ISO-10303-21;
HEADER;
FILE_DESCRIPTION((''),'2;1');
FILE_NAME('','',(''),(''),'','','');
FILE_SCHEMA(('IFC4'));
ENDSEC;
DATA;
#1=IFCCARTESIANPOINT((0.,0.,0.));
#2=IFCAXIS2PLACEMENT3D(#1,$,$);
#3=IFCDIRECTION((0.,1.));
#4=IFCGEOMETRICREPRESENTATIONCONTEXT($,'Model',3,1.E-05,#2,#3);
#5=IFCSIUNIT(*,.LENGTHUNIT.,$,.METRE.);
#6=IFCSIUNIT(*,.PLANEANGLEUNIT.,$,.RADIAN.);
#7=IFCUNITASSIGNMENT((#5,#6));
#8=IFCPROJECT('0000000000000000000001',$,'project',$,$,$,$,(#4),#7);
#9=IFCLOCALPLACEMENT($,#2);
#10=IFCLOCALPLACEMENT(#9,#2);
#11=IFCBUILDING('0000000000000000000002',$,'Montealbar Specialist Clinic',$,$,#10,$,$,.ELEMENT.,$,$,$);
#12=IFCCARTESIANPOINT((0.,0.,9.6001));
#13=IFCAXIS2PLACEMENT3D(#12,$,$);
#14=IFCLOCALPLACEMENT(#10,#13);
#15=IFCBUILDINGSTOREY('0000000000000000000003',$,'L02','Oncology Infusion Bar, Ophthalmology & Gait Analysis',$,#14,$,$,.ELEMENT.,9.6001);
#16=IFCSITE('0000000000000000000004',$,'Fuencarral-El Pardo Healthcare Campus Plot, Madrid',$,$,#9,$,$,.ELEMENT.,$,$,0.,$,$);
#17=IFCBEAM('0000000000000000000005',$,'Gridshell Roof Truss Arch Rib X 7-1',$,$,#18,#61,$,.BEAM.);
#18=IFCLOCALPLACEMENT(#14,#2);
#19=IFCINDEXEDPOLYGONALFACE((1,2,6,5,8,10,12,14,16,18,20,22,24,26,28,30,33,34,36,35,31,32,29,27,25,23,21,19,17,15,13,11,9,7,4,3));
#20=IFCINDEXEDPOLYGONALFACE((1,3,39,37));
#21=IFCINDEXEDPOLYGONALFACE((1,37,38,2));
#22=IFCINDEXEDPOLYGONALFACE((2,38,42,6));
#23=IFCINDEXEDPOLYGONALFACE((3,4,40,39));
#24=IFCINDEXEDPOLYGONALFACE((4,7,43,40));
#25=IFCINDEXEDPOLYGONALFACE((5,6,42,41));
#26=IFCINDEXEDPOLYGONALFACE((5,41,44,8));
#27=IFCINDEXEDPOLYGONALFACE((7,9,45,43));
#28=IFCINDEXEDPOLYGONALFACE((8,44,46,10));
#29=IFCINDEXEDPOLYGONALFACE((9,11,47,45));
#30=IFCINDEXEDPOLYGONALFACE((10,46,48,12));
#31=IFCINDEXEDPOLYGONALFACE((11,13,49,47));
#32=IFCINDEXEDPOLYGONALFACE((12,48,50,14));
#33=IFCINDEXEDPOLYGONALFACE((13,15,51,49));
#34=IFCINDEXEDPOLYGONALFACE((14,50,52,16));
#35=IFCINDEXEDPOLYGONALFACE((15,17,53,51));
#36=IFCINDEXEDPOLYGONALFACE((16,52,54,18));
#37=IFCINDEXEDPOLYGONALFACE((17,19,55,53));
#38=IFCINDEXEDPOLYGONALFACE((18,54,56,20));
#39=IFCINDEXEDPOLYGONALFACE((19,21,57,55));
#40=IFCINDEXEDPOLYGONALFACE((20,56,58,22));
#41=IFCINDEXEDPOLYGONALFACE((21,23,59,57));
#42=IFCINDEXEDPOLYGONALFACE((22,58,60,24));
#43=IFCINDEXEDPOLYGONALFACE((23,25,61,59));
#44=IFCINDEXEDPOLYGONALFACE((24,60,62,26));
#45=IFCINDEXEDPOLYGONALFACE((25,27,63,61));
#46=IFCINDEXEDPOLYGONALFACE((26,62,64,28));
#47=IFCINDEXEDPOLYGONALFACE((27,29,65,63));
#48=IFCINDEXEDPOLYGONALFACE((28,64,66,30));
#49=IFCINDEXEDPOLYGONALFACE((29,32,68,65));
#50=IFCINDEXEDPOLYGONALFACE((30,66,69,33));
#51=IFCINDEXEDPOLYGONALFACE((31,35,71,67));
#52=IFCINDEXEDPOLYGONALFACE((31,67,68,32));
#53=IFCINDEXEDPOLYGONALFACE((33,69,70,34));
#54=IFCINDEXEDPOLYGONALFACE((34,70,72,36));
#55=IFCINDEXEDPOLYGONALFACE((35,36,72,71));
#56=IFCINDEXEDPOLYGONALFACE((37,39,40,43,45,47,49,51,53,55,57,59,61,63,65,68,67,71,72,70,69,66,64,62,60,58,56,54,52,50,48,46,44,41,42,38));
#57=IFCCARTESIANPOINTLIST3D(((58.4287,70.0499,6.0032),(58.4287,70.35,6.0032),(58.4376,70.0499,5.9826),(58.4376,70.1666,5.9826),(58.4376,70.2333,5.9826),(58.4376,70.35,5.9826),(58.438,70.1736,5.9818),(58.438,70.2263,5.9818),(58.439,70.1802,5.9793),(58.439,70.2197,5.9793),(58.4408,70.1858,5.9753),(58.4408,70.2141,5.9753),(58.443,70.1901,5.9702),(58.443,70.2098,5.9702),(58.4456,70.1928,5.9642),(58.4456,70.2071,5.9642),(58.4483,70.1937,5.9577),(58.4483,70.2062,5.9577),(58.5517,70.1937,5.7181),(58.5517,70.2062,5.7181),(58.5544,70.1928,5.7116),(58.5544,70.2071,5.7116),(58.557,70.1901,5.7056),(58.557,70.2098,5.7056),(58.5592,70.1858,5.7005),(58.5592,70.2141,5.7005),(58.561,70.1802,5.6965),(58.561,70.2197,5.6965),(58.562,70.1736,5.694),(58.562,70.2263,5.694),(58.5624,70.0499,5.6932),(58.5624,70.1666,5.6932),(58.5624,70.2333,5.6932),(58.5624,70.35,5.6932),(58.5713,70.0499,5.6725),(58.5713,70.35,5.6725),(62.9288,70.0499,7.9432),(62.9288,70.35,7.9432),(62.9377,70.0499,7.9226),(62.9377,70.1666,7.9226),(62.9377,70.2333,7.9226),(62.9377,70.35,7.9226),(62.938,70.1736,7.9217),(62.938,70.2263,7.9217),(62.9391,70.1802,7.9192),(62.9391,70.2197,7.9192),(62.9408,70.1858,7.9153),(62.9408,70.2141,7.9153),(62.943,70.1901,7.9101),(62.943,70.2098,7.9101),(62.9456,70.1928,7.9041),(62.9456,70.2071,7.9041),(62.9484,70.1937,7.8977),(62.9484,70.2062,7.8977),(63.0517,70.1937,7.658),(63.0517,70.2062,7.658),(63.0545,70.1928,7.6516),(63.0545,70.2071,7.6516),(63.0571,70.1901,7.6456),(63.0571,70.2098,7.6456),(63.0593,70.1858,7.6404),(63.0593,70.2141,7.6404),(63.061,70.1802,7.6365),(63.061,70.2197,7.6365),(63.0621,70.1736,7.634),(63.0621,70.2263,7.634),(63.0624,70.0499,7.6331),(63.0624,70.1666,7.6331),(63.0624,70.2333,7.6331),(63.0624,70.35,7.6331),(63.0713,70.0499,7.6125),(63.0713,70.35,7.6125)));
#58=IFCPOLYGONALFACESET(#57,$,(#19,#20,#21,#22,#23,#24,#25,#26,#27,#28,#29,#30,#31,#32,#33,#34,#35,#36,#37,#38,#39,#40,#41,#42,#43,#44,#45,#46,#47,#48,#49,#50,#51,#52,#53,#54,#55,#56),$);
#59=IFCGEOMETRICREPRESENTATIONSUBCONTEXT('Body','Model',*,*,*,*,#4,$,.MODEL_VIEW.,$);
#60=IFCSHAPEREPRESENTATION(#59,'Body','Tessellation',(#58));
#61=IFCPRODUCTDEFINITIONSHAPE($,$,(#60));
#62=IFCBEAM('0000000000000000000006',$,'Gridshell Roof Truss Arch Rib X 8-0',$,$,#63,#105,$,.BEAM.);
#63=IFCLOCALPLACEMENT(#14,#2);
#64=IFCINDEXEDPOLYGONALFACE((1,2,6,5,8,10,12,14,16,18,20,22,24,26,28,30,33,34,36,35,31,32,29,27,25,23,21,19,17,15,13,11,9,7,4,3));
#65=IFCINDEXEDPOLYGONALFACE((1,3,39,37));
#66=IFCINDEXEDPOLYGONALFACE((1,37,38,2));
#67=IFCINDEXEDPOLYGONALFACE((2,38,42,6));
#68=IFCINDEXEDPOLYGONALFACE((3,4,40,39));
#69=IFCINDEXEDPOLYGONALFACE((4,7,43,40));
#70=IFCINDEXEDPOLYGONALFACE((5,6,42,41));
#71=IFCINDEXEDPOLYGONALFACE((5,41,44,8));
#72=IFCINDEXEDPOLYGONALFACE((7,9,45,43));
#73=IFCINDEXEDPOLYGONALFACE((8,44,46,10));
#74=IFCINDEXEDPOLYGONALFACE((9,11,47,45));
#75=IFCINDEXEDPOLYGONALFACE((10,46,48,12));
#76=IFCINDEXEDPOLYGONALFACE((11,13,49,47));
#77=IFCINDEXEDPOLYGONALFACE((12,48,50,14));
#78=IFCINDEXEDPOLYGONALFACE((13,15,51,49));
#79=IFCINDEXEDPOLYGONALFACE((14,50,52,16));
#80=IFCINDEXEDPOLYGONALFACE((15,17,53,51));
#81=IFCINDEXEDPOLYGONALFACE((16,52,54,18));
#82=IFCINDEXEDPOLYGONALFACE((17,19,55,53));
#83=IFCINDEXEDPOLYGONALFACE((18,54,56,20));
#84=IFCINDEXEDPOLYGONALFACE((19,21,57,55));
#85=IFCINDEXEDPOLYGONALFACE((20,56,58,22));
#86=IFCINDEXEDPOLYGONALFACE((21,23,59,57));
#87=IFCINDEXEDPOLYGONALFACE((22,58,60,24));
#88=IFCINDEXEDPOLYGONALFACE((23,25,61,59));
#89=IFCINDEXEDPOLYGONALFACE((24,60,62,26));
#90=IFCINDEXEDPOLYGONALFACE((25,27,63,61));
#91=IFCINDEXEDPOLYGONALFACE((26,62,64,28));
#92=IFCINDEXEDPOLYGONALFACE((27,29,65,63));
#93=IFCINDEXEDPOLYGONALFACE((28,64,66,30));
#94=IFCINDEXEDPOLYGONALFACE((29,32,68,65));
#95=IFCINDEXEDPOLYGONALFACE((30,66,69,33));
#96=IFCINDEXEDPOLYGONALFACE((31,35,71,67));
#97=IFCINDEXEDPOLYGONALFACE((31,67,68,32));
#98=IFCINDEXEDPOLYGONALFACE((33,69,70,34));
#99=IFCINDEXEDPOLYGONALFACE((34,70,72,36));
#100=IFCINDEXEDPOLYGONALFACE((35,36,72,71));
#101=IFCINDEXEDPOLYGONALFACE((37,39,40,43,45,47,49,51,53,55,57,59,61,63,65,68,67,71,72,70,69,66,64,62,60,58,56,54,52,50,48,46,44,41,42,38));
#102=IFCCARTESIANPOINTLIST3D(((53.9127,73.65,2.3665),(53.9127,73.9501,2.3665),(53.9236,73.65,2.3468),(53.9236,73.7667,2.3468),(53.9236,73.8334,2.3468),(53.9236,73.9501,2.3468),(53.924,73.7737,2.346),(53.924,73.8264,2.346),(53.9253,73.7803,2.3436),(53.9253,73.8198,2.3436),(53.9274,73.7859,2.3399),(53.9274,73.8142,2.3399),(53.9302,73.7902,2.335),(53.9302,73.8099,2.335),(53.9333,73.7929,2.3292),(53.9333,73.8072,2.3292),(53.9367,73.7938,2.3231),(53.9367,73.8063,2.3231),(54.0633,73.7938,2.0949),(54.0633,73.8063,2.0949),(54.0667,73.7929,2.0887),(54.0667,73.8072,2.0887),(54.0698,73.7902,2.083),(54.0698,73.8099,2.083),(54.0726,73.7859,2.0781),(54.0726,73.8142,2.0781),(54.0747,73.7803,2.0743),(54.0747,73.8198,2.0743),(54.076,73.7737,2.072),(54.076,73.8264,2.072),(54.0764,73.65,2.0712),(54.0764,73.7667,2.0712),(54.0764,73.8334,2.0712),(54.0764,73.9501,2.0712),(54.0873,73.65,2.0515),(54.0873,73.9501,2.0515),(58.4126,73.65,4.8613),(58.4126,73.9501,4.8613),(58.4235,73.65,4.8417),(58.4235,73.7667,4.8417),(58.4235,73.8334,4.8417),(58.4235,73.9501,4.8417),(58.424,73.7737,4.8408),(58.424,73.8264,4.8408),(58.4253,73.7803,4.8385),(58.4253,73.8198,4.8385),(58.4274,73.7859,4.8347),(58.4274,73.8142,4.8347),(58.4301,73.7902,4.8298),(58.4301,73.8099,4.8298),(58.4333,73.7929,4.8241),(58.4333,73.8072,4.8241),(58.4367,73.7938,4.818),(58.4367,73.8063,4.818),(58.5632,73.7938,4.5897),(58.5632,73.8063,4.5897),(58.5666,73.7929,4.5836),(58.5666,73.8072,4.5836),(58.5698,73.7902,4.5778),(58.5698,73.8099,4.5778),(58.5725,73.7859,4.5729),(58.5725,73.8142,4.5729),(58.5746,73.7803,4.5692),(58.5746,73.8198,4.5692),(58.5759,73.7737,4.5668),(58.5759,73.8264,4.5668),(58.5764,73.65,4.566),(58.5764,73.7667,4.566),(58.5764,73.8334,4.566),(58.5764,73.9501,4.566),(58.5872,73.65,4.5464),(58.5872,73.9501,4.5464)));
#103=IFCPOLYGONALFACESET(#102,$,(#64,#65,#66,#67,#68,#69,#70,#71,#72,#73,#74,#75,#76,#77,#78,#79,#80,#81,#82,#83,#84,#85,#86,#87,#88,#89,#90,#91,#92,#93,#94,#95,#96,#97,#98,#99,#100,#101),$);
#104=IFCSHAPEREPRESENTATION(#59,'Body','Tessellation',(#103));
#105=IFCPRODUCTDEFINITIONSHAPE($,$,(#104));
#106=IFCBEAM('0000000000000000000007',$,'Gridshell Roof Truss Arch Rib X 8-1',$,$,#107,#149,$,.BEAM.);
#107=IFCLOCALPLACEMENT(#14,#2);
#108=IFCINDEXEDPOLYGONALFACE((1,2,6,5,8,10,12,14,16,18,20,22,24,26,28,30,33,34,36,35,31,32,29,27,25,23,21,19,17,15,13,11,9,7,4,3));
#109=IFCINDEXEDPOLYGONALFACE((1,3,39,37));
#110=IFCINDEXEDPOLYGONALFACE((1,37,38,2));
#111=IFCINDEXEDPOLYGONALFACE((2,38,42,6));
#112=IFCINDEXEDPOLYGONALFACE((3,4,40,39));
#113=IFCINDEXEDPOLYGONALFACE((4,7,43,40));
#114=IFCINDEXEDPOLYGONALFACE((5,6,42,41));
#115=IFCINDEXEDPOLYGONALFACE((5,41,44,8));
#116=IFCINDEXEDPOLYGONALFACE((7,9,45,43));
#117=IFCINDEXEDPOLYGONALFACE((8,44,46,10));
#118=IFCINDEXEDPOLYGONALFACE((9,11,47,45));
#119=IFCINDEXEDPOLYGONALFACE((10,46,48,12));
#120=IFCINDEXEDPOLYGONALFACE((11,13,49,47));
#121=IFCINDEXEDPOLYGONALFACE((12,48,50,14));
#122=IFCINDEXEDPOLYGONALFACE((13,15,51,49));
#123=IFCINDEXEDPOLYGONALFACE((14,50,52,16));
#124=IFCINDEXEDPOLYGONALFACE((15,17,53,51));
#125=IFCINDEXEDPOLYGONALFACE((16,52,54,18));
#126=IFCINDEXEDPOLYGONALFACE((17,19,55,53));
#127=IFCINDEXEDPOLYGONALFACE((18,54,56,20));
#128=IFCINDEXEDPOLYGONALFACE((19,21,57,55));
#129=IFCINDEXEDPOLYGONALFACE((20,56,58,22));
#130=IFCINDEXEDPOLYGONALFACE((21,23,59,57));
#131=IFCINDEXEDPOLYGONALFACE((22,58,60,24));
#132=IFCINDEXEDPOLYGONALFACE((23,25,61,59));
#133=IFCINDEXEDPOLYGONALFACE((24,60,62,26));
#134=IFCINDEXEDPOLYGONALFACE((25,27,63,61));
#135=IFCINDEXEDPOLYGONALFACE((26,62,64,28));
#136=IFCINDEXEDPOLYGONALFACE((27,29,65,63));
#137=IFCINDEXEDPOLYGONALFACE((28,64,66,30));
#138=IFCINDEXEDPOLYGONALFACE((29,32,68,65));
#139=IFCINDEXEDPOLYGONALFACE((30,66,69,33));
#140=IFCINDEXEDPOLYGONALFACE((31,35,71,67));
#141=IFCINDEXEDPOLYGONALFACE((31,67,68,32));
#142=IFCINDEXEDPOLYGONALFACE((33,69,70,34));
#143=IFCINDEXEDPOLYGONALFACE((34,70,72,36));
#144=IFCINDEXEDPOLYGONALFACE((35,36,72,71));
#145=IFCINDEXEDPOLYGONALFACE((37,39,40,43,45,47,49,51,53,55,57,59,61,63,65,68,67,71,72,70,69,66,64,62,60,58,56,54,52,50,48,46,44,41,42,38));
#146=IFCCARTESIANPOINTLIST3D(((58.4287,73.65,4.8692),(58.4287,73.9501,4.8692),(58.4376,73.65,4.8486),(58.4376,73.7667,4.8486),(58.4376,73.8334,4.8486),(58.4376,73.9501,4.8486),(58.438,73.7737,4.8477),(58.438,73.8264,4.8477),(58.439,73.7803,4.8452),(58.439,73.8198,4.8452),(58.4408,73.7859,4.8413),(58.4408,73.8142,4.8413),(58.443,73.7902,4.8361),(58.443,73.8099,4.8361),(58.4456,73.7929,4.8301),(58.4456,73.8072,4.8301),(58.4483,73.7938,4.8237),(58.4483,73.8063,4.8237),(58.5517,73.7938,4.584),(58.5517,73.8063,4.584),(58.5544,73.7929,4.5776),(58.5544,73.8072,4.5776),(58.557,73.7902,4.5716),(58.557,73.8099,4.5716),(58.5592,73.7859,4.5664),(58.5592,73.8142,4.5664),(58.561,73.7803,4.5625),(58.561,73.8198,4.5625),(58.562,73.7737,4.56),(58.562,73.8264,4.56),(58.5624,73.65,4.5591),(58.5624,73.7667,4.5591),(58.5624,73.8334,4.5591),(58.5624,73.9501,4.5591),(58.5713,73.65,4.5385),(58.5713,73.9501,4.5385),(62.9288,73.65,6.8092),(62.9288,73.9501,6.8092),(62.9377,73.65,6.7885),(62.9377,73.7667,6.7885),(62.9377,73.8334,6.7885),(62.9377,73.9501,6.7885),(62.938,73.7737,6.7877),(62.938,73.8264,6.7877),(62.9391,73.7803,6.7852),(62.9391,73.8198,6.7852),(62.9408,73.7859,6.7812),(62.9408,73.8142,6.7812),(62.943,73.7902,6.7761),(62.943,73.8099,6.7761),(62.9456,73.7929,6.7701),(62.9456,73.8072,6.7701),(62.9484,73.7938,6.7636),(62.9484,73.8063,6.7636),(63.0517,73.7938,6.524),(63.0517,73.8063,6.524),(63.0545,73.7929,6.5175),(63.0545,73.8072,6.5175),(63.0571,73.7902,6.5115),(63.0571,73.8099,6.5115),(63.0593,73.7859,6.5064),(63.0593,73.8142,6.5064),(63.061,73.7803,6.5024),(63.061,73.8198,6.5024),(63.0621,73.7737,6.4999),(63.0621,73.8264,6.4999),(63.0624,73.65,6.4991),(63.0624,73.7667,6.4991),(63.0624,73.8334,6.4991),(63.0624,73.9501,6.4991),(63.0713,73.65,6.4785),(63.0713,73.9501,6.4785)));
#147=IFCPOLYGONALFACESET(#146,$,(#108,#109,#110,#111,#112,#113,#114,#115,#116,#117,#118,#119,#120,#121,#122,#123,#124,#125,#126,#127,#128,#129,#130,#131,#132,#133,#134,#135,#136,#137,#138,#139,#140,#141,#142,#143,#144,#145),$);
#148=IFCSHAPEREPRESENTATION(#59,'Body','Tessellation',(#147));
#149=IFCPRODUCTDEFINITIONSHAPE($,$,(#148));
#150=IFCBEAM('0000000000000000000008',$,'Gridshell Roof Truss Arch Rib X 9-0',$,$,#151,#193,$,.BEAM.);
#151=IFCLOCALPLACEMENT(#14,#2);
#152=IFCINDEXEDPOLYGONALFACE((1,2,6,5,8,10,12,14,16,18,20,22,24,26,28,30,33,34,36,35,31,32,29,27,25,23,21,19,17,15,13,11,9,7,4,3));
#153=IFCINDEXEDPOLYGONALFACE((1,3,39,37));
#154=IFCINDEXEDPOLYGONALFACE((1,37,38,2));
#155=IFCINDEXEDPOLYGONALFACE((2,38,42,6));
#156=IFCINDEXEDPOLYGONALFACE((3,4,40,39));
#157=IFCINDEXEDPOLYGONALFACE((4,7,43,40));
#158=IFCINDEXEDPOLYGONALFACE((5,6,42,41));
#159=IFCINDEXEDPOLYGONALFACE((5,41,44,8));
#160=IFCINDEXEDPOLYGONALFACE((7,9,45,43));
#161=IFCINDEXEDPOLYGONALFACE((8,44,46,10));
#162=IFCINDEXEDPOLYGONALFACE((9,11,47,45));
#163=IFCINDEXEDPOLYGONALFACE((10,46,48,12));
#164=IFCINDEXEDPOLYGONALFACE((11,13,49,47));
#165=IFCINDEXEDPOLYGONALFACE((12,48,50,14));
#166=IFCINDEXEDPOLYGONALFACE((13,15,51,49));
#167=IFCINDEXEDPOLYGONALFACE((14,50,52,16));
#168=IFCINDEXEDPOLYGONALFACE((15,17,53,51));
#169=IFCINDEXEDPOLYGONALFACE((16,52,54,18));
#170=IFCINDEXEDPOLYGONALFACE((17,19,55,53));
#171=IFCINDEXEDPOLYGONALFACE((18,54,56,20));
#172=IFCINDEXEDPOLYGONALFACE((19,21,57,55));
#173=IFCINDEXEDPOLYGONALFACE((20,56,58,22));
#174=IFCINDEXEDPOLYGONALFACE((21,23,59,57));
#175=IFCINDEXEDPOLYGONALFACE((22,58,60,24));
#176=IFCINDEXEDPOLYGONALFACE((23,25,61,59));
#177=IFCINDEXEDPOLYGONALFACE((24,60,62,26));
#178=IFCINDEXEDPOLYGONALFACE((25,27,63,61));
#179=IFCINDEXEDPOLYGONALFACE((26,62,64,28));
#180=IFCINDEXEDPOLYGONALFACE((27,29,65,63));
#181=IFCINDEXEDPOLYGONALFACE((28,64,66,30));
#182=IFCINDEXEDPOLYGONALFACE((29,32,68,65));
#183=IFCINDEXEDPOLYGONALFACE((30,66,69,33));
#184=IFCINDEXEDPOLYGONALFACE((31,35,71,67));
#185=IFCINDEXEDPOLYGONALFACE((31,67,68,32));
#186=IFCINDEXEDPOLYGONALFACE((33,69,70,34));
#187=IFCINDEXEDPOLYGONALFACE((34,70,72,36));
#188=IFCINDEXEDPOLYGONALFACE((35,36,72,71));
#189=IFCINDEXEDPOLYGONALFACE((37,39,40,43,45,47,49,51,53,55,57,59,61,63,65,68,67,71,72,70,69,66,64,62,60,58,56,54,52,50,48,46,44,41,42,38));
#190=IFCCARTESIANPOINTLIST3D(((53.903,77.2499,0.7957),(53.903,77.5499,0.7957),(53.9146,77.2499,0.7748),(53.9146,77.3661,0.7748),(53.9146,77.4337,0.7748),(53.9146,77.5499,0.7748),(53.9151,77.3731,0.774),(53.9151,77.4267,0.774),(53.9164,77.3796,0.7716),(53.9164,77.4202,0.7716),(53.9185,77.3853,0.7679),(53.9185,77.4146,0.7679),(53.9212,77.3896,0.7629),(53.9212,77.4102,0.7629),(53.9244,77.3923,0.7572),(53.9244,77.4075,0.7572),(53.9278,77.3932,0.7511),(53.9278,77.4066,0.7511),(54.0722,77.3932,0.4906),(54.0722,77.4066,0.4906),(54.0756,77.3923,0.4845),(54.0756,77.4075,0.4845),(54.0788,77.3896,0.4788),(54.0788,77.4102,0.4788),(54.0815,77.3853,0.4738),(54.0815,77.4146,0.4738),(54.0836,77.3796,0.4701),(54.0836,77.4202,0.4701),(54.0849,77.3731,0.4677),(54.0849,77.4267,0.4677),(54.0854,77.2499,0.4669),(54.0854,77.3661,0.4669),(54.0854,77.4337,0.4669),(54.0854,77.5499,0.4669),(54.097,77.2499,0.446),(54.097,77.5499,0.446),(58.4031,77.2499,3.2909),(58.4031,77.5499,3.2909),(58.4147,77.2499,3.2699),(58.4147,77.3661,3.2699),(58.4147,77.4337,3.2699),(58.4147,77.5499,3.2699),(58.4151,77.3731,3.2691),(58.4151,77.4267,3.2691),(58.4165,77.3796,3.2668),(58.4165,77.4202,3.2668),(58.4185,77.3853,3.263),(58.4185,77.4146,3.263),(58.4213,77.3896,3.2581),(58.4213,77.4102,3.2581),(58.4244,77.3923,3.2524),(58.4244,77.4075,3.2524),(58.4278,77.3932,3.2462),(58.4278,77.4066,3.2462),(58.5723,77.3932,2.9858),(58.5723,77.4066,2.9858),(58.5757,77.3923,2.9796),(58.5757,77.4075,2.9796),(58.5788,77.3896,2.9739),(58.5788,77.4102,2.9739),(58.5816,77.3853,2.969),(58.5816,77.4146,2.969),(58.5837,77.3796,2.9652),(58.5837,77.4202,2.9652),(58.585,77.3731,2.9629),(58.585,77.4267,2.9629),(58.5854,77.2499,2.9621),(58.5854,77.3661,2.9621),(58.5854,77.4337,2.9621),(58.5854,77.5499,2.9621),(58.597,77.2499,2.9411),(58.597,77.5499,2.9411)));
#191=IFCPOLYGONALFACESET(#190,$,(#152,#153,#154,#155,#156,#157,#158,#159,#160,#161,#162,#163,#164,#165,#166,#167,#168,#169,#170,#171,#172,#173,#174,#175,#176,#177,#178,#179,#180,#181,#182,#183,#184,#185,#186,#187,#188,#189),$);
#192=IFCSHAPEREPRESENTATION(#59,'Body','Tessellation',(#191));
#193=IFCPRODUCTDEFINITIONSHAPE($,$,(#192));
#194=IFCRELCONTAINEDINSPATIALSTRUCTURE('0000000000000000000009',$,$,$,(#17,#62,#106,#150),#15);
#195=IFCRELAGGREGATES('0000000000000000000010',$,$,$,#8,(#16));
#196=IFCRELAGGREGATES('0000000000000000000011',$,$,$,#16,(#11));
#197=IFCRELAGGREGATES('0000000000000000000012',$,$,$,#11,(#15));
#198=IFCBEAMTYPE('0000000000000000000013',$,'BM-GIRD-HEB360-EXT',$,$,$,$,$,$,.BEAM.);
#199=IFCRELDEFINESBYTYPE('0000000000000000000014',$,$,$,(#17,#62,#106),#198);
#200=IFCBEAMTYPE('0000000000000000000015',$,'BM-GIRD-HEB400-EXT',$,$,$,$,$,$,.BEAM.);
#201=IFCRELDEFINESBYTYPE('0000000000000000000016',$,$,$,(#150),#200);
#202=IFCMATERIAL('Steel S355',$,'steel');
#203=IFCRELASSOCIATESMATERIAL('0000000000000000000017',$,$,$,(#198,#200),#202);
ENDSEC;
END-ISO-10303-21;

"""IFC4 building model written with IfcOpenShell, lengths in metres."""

from ifc_helpers import new_model, si_unit, direction, frame, origin, origin_2d, place, context, subcontext, project, spatial, i_section, extrude, material, material_profile, profile_set, type_object, element, save


model = new_model("IFC4")

# Units and contexts
model_context = context("Model", 3, precision=1e-05, world=origin(), true_north=direction((0.0, 1.0)))
body_context = subcontext(model_context, "Body", "Model", "MODEL_VIEW")
ifc_project = project(units=[si_unit("LENGTHUNIT", "METRE"), si_unit("PLANEANGLEUNIT", "RADIAN")], contexts=[model_context])

# Site, building, storey
site_placement = place(None, origin())
site = spatial("IfcSite", under=ifc_project, at=site_placement, Name="Fuencarral-El Pardo Healthcare Campus Plot, Madrid", CompositionType="ELEMENT", RefElevation=0.0)
building_placement = place(site_placement, origin())
building = spatial("IfcBuilding", under=site, at=building_placement, Name="Montealbar Specialist Clinic", CompositionType="ELEMENT")
storey_placement = place(building_placement, frame((0.0, 0.0, 9.6001)))
storey = spatial("IfcBuildingStorey", under=building, at=storey_placement, Name="L02", Description="Oncology Infusion Bar, Ophthalmology & Gait Analysis", CompositionType="ELEMENT", Elevation=9.6001)

# Beams
ifc_material_1 = material(Name="Steel S355", Category="steel")
ifc_material_profile_1 = material_profile(ifc_material_1, i_section(OverallWidth=0.3, OverallDepth=0.3601, WebThickness=0.0125, FlangeThickness=0.0225, FilletRadius=0.0271, at=origin_2d()), Name="HEB 360", Category="steel")
ifc_profile_set_1 = profile_set([ifc_material_profile_1], Name="Steel S355")
beam_type_1 = type_object("IfcBeamType", Name="BM-GIRD-HEB360-EXT", PredefinedType="BEAM", material=ifc_profile_set_1)
beam_1_placement = place(storey_placement, frame((58.5, 70.2, 5.8379), z_axis=(0.918303, 0.0, 0.395879), x_axis=(0.0, 1.0, 0.0)))
element("IfcBeam", 1, at=beam_1_placement, inside=storey, type_object=beam_type_1, Name="Gridshell Roof Truss Arch Rib X 7-1", PredefinedType="BEAM", context=body_context, shape_type="SweptSolid", body=[
    extrude(i_section(OverallWidth=0.3, OverallDepth=0.3601, WebThickness=0.0125, FlangeThickness=0.0225, FilletRadius=0.0271, at=origin_2d()), origin(), (0.0, 0.0, 1.0), 4.9004),
])
beam_2_placement = place(storey_placement, frame((54.0, 73.8, 2.209), z_axis=(0.87458, 0.0, 0.484881), x_axis=(0.0, 1.0, 0.0)))
element("IfcBeam", 2, at=beam_2_placement, inside=storey, type_object=beam_type_1, Name="Gridshell Roof Truss Arch Rib X 8-0", PredefinedType="BEAM", context=body_context, shape_type="SweptSolid", body=[
    extrude(i_section(OverallWidth=0.3, OverallDepth=0.3601, WebThickness=0.0125, FlangeThickness=0.0225, FilletRadius=0.0271, at=origin_2d()), origin(), (0.0, 0.0, 1.0), 5.1453),
])
beam_3_placement = place(storey_placement, frame((58.5, 73.8, 4.7039), z_axis=(0.918303, 0.0, 0.395879), x_axis=(0.0, 1.0, 0.0)))
element("IfcBeam", 3, at=beam_3_placement, inside=storey, type_object=beam_type_1, Name="Gridshell Roof Truss Arch Rib X 8-1", PredefinedType="BEAM", context=body_context, shape_type="SweptSolid", body=[
    extrude(i_section(OverallWidth=0.3, OverallDepth=0.3601, WebThickness=0.0125, FlangeThickness=0.0225, FilletRadius=0.0271, at=origin_2d()), origin(), (0.0, 0.0, 1.0), 4.9004),
])
ifc_material_profile_2 = material_profile(ifc_material_1, i_section(OverallWidth=0.3, OverallDepth=0.3999, WebThickness=0.0134, FlangeThickness=0.0239, FilletRadius=0.0271, at=origin_2d()), Name="HEB 400", Category="steel")
ifc_profile_set_2 = profile_set([ifc_material_profile_2], Name="Steel S355")
beam_type_2 = type_object("IfcBeamType", Name="BM-GIRD-HEB400-EXT", PredefinedType="BEAM", material=ifc_profile_set_2)
beam_4_placement = place(storey_placement, frame((54.0, 77.3999, 0.6208), z_axis=(0.87456, 0.0, 0.484918), x_axis=(0.0, 1.0, 0.0)))
element("IfcBeam", 4, at=beam_4_placement, inside=storey, type_object=beam_type_2, Name="Gridshell Roof Truss Arch Rib X 9-0", PredefinedType="BEAM", context=body_context, shape_type="SweptSolid", body=[
    extrude(i_section(OverallWidth=0.3, OverallDepth=0.3999, WebThickness=0.0134, FlangeThickness=0.0239, FilletRadius=0.0271, at=origin_2d()), origin(), (0.0, 0.0, 1.0), 5.1455),
])

save(model, "model.ifc")
